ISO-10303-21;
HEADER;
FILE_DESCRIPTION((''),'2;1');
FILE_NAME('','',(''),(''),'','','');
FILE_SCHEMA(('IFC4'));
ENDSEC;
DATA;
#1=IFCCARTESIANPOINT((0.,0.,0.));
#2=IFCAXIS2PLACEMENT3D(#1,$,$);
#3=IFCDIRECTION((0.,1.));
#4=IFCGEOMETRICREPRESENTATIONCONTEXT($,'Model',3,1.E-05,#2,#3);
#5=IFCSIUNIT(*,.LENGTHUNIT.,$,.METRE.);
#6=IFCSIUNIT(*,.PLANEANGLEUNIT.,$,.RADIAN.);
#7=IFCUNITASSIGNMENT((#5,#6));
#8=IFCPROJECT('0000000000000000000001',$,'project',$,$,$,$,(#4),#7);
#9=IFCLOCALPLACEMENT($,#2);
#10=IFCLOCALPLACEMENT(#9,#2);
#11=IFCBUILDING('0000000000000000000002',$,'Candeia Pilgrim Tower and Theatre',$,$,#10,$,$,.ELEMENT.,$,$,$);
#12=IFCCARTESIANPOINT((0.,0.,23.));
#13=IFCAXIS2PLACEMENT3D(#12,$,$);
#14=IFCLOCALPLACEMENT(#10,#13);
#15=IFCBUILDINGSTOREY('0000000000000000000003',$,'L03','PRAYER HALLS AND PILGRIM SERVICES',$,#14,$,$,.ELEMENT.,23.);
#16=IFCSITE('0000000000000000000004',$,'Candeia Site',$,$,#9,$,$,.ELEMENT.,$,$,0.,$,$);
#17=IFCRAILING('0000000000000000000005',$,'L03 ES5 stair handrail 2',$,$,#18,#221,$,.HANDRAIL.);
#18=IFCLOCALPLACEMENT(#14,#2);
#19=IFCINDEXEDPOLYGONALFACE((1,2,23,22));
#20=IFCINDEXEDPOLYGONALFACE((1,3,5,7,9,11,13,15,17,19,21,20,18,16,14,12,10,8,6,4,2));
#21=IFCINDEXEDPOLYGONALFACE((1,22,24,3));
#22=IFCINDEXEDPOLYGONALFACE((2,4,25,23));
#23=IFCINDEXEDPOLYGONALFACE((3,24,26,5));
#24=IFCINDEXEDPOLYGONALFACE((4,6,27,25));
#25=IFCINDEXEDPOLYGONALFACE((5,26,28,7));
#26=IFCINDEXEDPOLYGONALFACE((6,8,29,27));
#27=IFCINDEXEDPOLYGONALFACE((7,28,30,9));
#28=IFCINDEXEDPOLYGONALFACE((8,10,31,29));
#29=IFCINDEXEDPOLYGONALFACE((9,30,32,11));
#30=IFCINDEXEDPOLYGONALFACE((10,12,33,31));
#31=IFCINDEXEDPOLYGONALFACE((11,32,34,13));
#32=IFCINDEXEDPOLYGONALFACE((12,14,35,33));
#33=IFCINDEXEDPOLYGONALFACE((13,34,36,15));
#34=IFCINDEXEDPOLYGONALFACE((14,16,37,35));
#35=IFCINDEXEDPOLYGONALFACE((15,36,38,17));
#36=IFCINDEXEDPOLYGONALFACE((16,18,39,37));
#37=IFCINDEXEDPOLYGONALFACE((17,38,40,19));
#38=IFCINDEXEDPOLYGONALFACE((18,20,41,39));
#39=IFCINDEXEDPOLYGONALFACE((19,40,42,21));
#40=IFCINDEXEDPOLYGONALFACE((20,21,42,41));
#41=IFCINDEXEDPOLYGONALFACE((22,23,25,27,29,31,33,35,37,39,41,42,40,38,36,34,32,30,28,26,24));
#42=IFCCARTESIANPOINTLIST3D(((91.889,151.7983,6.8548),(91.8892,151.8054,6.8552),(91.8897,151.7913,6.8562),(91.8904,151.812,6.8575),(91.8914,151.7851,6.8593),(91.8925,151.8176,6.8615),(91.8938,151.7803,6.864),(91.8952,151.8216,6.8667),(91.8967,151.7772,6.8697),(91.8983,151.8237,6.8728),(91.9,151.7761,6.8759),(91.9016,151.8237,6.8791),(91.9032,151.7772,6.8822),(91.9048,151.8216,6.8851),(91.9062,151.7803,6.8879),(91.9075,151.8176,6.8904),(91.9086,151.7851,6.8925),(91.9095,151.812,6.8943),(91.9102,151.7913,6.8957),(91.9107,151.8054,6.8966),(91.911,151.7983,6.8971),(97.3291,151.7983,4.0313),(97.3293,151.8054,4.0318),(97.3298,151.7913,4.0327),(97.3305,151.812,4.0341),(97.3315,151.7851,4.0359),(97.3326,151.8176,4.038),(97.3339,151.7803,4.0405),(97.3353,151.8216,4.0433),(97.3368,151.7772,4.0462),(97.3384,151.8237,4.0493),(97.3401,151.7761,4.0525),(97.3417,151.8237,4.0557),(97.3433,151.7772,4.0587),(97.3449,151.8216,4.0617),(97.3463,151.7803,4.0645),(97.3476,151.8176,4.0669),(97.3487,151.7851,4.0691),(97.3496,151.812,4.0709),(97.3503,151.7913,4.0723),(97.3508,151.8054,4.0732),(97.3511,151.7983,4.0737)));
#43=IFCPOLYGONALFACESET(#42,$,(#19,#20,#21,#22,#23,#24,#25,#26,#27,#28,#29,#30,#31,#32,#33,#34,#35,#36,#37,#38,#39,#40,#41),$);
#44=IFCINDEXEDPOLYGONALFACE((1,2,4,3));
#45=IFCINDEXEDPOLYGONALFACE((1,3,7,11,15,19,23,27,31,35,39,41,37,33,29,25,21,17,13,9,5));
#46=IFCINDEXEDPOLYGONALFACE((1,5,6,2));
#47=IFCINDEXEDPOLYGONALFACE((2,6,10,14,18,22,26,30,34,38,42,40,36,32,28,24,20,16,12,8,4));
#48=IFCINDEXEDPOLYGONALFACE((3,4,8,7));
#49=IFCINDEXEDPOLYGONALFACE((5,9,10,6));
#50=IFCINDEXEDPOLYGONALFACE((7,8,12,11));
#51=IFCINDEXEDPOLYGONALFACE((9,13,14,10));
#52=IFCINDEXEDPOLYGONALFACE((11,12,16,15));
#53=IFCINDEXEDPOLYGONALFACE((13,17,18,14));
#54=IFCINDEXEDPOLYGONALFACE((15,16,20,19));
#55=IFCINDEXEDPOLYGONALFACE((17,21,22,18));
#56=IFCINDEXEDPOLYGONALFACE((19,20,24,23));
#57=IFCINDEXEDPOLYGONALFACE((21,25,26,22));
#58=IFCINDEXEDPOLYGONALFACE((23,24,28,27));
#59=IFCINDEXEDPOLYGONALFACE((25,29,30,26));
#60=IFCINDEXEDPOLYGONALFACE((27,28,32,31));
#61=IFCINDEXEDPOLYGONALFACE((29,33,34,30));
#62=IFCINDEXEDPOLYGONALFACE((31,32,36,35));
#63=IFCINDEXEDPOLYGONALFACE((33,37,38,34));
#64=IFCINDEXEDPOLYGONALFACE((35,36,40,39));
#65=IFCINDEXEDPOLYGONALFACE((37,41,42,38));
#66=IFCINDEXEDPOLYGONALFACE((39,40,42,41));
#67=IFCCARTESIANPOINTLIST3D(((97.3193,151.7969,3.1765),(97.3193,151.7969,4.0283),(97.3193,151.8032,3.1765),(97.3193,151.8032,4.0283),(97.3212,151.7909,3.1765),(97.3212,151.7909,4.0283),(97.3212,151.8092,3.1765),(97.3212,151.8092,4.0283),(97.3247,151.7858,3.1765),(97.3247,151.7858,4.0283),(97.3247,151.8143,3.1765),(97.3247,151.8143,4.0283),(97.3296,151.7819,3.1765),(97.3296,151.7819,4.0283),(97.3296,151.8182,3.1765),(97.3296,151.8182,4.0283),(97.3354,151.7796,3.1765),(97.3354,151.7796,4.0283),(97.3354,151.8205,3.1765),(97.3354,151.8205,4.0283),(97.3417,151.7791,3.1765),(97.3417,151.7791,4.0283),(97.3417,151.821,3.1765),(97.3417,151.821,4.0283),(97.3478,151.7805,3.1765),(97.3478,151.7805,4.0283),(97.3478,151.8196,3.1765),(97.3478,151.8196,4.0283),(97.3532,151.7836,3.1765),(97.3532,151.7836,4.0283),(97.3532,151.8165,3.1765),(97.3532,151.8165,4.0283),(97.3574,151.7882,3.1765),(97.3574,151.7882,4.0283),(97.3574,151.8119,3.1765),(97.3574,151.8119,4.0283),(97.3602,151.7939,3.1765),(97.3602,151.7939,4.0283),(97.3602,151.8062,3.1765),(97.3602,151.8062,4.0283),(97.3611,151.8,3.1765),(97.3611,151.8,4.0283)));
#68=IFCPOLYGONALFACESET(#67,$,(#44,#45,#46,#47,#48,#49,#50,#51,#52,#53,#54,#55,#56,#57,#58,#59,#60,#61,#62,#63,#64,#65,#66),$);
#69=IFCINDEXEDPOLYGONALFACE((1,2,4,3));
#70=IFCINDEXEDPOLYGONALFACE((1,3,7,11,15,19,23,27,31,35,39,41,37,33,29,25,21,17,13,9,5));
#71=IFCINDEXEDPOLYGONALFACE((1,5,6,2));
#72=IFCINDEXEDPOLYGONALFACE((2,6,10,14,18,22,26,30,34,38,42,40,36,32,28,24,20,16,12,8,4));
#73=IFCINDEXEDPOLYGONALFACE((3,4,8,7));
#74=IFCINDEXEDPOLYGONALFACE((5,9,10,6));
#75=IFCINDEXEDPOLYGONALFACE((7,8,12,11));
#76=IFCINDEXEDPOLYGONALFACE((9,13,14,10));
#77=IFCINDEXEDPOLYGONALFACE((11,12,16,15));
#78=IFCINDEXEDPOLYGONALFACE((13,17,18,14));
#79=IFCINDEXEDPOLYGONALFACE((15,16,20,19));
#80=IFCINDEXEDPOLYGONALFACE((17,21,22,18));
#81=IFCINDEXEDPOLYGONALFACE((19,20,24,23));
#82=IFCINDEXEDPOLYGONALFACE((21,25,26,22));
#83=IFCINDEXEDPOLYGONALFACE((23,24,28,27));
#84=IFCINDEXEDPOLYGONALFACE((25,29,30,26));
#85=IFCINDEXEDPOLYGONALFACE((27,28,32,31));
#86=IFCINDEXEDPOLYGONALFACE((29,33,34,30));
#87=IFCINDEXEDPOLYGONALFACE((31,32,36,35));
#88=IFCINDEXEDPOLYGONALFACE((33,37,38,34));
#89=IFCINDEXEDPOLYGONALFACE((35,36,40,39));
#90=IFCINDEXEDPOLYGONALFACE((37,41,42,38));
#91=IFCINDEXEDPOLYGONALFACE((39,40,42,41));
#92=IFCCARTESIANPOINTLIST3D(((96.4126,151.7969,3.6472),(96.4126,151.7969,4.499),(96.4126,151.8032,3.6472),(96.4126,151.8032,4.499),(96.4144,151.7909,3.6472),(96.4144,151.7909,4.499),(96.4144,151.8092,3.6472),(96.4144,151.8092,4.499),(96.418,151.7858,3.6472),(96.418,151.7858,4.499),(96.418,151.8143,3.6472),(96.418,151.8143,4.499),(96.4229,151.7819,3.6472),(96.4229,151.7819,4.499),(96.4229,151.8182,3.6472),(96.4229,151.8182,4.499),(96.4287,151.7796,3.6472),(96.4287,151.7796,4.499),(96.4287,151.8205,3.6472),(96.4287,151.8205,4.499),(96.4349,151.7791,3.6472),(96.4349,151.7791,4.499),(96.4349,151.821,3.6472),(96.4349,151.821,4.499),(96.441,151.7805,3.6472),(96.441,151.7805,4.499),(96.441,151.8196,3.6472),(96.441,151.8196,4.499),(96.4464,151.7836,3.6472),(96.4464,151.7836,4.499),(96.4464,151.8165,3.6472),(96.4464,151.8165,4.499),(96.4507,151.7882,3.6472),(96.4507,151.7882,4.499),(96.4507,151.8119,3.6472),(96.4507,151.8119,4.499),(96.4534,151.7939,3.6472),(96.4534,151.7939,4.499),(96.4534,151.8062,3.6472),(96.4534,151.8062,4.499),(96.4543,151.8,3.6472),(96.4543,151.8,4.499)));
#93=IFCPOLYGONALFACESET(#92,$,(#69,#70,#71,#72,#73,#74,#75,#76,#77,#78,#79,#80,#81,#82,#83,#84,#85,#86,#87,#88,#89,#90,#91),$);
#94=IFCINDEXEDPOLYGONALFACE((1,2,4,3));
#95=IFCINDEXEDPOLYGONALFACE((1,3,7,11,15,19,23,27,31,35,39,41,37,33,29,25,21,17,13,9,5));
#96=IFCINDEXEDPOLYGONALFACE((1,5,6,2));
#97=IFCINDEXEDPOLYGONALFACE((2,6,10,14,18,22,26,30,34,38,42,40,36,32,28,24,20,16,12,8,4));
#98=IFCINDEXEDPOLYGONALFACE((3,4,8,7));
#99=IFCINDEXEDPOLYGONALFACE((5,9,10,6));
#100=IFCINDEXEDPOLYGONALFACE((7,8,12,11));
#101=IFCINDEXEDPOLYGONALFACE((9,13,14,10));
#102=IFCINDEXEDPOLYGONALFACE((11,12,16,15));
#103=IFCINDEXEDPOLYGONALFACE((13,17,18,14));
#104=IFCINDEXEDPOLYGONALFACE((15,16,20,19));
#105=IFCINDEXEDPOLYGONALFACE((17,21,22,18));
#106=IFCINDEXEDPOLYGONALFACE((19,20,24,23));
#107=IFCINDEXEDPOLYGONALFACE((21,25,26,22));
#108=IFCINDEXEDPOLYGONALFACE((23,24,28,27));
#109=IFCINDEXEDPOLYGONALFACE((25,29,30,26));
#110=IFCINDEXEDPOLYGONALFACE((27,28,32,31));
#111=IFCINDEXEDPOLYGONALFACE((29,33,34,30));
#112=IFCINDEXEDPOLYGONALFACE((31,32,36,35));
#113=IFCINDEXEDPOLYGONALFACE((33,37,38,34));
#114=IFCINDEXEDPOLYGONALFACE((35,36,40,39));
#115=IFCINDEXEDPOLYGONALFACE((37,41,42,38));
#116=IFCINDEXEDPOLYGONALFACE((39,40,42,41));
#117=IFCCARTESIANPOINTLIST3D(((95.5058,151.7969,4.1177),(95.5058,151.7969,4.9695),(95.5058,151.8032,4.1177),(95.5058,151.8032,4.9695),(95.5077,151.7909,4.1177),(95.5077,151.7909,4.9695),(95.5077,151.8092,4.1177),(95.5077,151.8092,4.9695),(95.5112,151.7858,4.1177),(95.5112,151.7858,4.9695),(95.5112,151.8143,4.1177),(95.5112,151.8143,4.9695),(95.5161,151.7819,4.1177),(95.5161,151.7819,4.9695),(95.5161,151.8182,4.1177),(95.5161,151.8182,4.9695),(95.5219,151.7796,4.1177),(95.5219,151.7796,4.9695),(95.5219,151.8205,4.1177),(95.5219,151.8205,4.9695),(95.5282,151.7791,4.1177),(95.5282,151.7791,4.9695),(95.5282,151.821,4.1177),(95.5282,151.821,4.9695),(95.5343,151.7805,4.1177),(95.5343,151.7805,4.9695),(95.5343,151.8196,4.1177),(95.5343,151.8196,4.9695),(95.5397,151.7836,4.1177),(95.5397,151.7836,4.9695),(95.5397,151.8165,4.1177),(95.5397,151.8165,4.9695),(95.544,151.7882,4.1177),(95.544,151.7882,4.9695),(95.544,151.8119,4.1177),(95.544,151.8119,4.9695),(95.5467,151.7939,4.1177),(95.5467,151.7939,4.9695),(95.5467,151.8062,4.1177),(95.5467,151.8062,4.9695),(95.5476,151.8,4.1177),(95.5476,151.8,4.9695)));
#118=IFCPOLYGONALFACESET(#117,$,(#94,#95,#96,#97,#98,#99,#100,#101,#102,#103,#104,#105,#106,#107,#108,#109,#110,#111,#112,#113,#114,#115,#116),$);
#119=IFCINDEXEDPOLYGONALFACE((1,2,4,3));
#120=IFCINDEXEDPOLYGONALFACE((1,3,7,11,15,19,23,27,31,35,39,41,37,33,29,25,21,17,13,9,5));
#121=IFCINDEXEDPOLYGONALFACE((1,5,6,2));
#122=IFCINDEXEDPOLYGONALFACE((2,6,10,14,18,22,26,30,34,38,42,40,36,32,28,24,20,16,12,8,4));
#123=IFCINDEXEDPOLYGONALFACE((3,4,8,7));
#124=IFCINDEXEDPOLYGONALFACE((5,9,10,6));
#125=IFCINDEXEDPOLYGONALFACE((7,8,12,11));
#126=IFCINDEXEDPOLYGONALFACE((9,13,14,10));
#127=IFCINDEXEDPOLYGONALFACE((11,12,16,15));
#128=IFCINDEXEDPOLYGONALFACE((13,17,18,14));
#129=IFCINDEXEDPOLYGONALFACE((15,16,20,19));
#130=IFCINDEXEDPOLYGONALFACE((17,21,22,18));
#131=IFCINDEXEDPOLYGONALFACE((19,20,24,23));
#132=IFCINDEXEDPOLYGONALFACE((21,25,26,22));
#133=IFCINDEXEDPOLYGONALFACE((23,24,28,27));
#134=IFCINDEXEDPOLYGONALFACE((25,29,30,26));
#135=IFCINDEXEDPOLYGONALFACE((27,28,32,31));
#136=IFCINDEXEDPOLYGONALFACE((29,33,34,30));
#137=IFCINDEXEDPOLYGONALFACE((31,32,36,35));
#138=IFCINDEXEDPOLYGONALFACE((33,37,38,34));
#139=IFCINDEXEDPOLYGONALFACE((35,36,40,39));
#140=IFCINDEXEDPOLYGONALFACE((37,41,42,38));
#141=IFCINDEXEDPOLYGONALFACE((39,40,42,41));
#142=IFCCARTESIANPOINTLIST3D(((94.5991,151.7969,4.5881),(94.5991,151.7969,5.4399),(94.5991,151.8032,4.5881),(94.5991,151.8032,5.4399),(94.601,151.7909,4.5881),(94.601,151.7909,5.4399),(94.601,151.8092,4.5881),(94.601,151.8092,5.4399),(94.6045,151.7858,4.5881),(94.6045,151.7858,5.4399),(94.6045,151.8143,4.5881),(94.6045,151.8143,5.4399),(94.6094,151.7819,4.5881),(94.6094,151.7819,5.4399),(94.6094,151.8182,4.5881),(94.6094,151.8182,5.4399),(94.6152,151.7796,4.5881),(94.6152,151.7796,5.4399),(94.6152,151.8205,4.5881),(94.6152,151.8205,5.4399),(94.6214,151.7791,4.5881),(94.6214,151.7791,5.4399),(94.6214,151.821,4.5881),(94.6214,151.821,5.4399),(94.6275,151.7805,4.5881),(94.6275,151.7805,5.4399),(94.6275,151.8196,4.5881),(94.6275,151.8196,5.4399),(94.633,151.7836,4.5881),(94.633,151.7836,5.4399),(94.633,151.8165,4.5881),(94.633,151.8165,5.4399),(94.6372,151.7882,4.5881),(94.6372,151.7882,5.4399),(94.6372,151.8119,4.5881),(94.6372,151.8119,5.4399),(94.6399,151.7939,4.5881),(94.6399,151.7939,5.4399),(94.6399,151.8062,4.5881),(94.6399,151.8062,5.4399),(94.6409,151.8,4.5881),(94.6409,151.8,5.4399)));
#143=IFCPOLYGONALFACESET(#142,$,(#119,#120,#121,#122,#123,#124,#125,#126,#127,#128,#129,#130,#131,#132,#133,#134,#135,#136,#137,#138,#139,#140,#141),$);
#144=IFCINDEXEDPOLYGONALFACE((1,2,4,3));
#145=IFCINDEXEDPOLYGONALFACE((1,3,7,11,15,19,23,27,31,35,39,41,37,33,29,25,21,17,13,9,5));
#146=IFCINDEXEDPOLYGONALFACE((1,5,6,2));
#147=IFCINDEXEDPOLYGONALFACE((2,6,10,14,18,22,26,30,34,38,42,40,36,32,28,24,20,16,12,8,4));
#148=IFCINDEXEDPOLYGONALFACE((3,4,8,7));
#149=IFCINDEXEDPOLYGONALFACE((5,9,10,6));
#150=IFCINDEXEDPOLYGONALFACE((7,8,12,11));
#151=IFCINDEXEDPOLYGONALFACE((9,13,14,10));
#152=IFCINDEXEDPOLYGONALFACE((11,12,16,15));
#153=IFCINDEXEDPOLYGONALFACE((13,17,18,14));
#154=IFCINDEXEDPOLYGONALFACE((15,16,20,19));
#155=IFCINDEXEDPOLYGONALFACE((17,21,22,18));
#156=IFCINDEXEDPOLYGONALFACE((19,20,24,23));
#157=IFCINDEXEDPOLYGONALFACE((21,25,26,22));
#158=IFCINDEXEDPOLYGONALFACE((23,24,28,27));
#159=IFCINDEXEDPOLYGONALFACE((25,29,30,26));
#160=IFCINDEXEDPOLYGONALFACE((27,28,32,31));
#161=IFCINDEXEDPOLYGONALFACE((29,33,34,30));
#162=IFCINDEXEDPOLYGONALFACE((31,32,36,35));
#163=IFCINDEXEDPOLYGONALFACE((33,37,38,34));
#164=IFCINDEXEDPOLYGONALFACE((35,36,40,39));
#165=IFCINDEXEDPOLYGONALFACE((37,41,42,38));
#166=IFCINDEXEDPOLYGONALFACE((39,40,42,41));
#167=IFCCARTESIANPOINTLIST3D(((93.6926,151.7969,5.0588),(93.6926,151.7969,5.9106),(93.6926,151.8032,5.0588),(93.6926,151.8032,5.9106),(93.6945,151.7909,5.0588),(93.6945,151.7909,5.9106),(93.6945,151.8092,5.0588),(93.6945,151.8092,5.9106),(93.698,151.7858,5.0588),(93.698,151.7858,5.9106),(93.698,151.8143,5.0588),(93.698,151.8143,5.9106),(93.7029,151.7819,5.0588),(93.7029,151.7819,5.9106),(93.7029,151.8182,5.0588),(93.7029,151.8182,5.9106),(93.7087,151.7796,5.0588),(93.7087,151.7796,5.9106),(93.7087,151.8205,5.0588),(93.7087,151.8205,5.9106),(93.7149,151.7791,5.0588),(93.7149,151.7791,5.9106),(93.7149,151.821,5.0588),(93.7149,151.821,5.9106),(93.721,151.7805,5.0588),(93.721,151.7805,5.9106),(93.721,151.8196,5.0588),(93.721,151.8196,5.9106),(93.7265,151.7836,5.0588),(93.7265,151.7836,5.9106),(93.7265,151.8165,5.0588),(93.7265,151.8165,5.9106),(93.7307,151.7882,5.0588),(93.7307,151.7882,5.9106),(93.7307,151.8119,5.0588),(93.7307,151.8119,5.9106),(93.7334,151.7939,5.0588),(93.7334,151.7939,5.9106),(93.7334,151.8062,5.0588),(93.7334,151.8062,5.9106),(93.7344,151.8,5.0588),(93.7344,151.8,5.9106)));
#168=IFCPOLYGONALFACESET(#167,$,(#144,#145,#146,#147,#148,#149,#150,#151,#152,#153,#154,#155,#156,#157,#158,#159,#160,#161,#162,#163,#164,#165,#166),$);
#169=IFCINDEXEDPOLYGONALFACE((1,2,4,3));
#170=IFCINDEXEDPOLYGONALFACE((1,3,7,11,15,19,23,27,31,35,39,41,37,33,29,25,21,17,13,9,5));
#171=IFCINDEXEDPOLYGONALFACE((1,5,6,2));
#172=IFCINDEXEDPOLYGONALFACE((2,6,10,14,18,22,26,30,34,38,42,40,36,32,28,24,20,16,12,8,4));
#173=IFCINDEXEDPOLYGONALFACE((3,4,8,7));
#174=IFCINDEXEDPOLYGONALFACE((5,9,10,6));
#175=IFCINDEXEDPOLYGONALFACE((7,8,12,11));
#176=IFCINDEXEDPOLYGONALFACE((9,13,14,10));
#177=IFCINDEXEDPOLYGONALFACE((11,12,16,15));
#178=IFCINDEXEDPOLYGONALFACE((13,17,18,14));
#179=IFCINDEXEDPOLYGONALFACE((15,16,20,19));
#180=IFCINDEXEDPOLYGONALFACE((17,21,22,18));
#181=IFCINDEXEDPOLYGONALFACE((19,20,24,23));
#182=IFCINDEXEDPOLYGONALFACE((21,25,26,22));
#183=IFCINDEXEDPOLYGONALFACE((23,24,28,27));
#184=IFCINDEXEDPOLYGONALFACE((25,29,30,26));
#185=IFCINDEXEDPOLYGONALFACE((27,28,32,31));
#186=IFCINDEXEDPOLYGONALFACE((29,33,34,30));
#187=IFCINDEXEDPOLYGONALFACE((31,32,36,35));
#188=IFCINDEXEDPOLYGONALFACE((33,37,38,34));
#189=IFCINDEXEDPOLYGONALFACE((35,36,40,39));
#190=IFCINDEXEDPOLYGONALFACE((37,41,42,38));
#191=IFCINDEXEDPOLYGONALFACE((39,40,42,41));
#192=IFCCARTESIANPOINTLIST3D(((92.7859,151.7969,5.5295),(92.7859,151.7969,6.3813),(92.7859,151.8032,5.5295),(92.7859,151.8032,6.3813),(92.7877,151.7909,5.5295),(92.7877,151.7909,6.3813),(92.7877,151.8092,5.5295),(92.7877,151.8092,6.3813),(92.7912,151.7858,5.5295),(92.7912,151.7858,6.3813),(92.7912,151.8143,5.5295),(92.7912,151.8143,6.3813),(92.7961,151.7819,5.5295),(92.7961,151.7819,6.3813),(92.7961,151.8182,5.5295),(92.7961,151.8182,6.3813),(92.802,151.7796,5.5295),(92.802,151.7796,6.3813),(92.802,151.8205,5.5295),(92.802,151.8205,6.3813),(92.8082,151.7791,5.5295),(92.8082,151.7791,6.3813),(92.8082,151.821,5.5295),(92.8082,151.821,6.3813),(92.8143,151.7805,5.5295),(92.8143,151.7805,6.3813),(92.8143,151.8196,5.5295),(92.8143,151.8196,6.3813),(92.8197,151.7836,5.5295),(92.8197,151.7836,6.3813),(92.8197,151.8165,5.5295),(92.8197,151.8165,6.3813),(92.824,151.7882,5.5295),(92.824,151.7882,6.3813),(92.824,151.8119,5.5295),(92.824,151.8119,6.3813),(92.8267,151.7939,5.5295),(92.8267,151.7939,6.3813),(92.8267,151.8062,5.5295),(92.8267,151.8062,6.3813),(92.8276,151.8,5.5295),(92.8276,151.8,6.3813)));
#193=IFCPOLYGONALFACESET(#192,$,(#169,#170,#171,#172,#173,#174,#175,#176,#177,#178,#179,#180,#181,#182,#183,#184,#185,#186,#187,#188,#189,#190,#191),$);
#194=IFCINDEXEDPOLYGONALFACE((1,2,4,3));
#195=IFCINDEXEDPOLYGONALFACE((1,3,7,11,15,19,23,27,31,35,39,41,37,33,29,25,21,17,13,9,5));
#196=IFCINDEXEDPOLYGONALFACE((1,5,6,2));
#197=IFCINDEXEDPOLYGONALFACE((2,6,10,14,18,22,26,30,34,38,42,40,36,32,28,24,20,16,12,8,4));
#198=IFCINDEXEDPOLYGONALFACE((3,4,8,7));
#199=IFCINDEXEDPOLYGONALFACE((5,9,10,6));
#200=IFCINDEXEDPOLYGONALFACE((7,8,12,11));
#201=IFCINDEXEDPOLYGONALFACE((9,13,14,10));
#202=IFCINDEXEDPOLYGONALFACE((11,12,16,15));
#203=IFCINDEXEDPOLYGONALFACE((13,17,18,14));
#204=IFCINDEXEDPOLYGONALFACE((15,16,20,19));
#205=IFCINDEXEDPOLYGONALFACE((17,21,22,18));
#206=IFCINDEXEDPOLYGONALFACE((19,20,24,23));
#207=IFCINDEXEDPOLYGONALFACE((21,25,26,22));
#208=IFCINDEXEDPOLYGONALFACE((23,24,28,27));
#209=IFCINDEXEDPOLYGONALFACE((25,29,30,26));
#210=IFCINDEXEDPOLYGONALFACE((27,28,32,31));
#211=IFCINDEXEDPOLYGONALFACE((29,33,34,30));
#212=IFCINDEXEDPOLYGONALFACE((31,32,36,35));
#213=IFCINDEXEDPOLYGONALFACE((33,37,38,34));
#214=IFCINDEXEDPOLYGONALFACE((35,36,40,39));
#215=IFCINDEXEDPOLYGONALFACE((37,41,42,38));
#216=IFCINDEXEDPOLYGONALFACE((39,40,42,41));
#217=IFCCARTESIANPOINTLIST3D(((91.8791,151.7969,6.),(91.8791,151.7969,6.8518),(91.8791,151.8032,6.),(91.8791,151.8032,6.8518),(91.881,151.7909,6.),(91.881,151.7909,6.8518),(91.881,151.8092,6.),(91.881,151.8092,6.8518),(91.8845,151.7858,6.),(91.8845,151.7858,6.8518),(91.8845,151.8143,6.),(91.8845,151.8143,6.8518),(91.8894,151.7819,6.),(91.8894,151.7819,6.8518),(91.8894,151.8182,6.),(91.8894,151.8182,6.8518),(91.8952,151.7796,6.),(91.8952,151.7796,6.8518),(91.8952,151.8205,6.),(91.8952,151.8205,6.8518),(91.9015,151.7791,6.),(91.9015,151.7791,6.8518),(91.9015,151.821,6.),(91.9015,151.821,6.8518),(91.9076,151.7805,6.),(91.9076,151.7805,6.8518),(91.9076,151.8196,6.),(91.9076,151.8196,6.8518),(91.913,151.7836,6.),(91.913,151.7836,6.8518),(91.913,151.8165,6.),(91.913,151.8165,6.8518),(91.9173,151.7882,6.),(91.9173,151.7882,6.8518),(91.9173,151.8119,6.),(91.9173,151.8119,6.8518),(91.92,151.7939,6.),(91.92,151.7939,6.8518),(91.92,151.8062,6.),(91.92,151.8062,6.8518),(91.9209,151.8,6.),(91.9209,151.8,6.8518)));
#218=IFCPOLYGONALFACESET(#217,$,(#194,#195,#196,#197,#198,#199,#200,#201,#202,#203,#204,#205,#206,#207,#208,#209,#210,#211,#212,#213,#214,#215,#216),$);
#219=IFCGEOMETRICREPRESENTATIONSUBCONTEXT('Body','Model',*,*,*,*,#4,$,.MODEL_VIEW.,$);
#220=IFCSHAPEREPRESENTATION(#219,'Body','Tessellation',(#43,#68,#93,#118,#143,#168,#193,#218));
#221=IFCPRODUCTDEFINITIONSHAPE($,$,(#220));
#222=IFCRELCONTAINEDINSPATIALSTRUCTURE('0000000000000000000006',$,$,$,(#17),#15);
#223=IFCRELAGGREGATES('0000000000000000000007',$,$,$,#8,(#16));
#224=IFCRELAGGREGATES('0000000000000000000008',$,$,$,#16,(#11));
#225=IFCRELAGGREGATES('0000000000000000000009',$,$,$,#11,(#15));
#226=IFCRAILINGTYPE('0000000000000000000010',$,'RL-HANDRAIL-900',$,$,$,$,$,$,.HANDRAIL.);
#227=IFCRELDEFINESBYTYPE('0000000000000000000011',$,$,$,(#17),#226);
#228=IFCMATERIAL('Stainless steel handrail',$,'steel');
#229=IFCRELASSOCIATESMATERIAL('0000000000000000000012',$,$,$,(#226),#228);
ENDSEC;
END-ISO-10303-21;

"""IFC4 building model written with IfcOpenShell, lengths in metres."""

from ifc_helpers import new_model, si_unit, direction, frame, origin, origin_2d, place, context, subcontext, project, spatial, circle, extrude, material, type_object, element, save


model = new_model("IFC4")

# Units and contexts
model_context = context("Model", 3, precision=1e-05, world=origin(), true_north=direction((0.0, 1.0)))
body_context = subcontext(model_context, "Body", "Model", "MODEL_VIEW")
ifc_project = project(units=[si_unit("LENGTHUNIT", "METRE"), si_unit("PLANEANGLEUNIT", "RADIAN")], contexts=[model_context])

# Site, building, storey
site_placement = place(None, origin())
site = spatial("IfcSite", under=ifc_project, at=site_placement, Name="Candeia Site", CompositionType="ELEMENT", RefElevation=0.0)
building_placement = place(site_placement, origin())
building = spatial("IfcBuilding", under=site, at=building_placement, Name="Candeia Pilgrim Tower and Theatre", CompositionType="ELEMENT")
storey_placement = place(building_placement, frame((0.0, 0.0, 23.0)))
storey = spatial("IfcBuildingStorey", under=building, at=storey_placement, Name="L03", Description="PRAYER HALLS AND PILGRIM SERVICES", CompositionType="ELEMENT", Elevation=23.0)

# Railing
ifc_material_1 = material(Name="Stainless steel handrail", Category="steel")
railing_type_1 = type_object("IfcRailingType", Name="RL-HANDRAIL-900", PredefinedType="HANDRAIL", material=ifc_material_1)
railing_1_placement = place(storey_placement, frame((97.3401, 151.8, 3.1765)))
element("IfcRailing", 1, at=railing_1_placement, inside=storey, type_object=railing_type_1, Name="L03 ES5 stair handrail 2", PredefinedType="HANDRAIL", context=body_context, shape_type="SweptSolid", body=[
    extrude(circle(Radius=0.0239, at=origin_2d()), frame((0.0, 0.0, 0.876), z_axis=(-0.887578, 0.0, 0.460658), x_axis=(0.0, -1.0, 0.0)), (0.0, 0.0, 1.0), 6.1292),
    extrude(circle(Radius=0.021, at=origin_2d()), origin(), (0.0, 0.0, 1.0), 0.8518),
    extrude(circle(Radius=0.021, at=origin_2d()), frame((-0.9067, 0.0, 0.4707)), (0.0, 0.0, 1.0), 0.8518),
    extrude(circle(Radius=0.021, at=origin_2d()), frame((-1.8135, 0.0, 0.9412)), (0.0, 0.0, 1.0), 0.8518),
    extrude(circle(Radius=0.021, at=origin_2d()), frame((-2.7202, 0.0, 1.4116)), (0.0, 0.0, 1.0), 0.8518),
    extrude(circle(Radius=0.021, at=origin_2d()), frame((-3.6267, 0.0, 1.8823)), (0.0, 0.0, 1.0), 0.8518),
    extrude(circle(Radius=0.021, at=origin_2d()), frame((-4.5334, 0.0, 2.353)), (0.0, 0.0, 1.0), 0.8518),
    extrude(circle(Radius=0.021, at=origin_2d()), frame((-5.4402, 0.0, 2.8235)), (0.0, 0.0, 1.0), 0.8518),
])

save(model, "model.ifc")
